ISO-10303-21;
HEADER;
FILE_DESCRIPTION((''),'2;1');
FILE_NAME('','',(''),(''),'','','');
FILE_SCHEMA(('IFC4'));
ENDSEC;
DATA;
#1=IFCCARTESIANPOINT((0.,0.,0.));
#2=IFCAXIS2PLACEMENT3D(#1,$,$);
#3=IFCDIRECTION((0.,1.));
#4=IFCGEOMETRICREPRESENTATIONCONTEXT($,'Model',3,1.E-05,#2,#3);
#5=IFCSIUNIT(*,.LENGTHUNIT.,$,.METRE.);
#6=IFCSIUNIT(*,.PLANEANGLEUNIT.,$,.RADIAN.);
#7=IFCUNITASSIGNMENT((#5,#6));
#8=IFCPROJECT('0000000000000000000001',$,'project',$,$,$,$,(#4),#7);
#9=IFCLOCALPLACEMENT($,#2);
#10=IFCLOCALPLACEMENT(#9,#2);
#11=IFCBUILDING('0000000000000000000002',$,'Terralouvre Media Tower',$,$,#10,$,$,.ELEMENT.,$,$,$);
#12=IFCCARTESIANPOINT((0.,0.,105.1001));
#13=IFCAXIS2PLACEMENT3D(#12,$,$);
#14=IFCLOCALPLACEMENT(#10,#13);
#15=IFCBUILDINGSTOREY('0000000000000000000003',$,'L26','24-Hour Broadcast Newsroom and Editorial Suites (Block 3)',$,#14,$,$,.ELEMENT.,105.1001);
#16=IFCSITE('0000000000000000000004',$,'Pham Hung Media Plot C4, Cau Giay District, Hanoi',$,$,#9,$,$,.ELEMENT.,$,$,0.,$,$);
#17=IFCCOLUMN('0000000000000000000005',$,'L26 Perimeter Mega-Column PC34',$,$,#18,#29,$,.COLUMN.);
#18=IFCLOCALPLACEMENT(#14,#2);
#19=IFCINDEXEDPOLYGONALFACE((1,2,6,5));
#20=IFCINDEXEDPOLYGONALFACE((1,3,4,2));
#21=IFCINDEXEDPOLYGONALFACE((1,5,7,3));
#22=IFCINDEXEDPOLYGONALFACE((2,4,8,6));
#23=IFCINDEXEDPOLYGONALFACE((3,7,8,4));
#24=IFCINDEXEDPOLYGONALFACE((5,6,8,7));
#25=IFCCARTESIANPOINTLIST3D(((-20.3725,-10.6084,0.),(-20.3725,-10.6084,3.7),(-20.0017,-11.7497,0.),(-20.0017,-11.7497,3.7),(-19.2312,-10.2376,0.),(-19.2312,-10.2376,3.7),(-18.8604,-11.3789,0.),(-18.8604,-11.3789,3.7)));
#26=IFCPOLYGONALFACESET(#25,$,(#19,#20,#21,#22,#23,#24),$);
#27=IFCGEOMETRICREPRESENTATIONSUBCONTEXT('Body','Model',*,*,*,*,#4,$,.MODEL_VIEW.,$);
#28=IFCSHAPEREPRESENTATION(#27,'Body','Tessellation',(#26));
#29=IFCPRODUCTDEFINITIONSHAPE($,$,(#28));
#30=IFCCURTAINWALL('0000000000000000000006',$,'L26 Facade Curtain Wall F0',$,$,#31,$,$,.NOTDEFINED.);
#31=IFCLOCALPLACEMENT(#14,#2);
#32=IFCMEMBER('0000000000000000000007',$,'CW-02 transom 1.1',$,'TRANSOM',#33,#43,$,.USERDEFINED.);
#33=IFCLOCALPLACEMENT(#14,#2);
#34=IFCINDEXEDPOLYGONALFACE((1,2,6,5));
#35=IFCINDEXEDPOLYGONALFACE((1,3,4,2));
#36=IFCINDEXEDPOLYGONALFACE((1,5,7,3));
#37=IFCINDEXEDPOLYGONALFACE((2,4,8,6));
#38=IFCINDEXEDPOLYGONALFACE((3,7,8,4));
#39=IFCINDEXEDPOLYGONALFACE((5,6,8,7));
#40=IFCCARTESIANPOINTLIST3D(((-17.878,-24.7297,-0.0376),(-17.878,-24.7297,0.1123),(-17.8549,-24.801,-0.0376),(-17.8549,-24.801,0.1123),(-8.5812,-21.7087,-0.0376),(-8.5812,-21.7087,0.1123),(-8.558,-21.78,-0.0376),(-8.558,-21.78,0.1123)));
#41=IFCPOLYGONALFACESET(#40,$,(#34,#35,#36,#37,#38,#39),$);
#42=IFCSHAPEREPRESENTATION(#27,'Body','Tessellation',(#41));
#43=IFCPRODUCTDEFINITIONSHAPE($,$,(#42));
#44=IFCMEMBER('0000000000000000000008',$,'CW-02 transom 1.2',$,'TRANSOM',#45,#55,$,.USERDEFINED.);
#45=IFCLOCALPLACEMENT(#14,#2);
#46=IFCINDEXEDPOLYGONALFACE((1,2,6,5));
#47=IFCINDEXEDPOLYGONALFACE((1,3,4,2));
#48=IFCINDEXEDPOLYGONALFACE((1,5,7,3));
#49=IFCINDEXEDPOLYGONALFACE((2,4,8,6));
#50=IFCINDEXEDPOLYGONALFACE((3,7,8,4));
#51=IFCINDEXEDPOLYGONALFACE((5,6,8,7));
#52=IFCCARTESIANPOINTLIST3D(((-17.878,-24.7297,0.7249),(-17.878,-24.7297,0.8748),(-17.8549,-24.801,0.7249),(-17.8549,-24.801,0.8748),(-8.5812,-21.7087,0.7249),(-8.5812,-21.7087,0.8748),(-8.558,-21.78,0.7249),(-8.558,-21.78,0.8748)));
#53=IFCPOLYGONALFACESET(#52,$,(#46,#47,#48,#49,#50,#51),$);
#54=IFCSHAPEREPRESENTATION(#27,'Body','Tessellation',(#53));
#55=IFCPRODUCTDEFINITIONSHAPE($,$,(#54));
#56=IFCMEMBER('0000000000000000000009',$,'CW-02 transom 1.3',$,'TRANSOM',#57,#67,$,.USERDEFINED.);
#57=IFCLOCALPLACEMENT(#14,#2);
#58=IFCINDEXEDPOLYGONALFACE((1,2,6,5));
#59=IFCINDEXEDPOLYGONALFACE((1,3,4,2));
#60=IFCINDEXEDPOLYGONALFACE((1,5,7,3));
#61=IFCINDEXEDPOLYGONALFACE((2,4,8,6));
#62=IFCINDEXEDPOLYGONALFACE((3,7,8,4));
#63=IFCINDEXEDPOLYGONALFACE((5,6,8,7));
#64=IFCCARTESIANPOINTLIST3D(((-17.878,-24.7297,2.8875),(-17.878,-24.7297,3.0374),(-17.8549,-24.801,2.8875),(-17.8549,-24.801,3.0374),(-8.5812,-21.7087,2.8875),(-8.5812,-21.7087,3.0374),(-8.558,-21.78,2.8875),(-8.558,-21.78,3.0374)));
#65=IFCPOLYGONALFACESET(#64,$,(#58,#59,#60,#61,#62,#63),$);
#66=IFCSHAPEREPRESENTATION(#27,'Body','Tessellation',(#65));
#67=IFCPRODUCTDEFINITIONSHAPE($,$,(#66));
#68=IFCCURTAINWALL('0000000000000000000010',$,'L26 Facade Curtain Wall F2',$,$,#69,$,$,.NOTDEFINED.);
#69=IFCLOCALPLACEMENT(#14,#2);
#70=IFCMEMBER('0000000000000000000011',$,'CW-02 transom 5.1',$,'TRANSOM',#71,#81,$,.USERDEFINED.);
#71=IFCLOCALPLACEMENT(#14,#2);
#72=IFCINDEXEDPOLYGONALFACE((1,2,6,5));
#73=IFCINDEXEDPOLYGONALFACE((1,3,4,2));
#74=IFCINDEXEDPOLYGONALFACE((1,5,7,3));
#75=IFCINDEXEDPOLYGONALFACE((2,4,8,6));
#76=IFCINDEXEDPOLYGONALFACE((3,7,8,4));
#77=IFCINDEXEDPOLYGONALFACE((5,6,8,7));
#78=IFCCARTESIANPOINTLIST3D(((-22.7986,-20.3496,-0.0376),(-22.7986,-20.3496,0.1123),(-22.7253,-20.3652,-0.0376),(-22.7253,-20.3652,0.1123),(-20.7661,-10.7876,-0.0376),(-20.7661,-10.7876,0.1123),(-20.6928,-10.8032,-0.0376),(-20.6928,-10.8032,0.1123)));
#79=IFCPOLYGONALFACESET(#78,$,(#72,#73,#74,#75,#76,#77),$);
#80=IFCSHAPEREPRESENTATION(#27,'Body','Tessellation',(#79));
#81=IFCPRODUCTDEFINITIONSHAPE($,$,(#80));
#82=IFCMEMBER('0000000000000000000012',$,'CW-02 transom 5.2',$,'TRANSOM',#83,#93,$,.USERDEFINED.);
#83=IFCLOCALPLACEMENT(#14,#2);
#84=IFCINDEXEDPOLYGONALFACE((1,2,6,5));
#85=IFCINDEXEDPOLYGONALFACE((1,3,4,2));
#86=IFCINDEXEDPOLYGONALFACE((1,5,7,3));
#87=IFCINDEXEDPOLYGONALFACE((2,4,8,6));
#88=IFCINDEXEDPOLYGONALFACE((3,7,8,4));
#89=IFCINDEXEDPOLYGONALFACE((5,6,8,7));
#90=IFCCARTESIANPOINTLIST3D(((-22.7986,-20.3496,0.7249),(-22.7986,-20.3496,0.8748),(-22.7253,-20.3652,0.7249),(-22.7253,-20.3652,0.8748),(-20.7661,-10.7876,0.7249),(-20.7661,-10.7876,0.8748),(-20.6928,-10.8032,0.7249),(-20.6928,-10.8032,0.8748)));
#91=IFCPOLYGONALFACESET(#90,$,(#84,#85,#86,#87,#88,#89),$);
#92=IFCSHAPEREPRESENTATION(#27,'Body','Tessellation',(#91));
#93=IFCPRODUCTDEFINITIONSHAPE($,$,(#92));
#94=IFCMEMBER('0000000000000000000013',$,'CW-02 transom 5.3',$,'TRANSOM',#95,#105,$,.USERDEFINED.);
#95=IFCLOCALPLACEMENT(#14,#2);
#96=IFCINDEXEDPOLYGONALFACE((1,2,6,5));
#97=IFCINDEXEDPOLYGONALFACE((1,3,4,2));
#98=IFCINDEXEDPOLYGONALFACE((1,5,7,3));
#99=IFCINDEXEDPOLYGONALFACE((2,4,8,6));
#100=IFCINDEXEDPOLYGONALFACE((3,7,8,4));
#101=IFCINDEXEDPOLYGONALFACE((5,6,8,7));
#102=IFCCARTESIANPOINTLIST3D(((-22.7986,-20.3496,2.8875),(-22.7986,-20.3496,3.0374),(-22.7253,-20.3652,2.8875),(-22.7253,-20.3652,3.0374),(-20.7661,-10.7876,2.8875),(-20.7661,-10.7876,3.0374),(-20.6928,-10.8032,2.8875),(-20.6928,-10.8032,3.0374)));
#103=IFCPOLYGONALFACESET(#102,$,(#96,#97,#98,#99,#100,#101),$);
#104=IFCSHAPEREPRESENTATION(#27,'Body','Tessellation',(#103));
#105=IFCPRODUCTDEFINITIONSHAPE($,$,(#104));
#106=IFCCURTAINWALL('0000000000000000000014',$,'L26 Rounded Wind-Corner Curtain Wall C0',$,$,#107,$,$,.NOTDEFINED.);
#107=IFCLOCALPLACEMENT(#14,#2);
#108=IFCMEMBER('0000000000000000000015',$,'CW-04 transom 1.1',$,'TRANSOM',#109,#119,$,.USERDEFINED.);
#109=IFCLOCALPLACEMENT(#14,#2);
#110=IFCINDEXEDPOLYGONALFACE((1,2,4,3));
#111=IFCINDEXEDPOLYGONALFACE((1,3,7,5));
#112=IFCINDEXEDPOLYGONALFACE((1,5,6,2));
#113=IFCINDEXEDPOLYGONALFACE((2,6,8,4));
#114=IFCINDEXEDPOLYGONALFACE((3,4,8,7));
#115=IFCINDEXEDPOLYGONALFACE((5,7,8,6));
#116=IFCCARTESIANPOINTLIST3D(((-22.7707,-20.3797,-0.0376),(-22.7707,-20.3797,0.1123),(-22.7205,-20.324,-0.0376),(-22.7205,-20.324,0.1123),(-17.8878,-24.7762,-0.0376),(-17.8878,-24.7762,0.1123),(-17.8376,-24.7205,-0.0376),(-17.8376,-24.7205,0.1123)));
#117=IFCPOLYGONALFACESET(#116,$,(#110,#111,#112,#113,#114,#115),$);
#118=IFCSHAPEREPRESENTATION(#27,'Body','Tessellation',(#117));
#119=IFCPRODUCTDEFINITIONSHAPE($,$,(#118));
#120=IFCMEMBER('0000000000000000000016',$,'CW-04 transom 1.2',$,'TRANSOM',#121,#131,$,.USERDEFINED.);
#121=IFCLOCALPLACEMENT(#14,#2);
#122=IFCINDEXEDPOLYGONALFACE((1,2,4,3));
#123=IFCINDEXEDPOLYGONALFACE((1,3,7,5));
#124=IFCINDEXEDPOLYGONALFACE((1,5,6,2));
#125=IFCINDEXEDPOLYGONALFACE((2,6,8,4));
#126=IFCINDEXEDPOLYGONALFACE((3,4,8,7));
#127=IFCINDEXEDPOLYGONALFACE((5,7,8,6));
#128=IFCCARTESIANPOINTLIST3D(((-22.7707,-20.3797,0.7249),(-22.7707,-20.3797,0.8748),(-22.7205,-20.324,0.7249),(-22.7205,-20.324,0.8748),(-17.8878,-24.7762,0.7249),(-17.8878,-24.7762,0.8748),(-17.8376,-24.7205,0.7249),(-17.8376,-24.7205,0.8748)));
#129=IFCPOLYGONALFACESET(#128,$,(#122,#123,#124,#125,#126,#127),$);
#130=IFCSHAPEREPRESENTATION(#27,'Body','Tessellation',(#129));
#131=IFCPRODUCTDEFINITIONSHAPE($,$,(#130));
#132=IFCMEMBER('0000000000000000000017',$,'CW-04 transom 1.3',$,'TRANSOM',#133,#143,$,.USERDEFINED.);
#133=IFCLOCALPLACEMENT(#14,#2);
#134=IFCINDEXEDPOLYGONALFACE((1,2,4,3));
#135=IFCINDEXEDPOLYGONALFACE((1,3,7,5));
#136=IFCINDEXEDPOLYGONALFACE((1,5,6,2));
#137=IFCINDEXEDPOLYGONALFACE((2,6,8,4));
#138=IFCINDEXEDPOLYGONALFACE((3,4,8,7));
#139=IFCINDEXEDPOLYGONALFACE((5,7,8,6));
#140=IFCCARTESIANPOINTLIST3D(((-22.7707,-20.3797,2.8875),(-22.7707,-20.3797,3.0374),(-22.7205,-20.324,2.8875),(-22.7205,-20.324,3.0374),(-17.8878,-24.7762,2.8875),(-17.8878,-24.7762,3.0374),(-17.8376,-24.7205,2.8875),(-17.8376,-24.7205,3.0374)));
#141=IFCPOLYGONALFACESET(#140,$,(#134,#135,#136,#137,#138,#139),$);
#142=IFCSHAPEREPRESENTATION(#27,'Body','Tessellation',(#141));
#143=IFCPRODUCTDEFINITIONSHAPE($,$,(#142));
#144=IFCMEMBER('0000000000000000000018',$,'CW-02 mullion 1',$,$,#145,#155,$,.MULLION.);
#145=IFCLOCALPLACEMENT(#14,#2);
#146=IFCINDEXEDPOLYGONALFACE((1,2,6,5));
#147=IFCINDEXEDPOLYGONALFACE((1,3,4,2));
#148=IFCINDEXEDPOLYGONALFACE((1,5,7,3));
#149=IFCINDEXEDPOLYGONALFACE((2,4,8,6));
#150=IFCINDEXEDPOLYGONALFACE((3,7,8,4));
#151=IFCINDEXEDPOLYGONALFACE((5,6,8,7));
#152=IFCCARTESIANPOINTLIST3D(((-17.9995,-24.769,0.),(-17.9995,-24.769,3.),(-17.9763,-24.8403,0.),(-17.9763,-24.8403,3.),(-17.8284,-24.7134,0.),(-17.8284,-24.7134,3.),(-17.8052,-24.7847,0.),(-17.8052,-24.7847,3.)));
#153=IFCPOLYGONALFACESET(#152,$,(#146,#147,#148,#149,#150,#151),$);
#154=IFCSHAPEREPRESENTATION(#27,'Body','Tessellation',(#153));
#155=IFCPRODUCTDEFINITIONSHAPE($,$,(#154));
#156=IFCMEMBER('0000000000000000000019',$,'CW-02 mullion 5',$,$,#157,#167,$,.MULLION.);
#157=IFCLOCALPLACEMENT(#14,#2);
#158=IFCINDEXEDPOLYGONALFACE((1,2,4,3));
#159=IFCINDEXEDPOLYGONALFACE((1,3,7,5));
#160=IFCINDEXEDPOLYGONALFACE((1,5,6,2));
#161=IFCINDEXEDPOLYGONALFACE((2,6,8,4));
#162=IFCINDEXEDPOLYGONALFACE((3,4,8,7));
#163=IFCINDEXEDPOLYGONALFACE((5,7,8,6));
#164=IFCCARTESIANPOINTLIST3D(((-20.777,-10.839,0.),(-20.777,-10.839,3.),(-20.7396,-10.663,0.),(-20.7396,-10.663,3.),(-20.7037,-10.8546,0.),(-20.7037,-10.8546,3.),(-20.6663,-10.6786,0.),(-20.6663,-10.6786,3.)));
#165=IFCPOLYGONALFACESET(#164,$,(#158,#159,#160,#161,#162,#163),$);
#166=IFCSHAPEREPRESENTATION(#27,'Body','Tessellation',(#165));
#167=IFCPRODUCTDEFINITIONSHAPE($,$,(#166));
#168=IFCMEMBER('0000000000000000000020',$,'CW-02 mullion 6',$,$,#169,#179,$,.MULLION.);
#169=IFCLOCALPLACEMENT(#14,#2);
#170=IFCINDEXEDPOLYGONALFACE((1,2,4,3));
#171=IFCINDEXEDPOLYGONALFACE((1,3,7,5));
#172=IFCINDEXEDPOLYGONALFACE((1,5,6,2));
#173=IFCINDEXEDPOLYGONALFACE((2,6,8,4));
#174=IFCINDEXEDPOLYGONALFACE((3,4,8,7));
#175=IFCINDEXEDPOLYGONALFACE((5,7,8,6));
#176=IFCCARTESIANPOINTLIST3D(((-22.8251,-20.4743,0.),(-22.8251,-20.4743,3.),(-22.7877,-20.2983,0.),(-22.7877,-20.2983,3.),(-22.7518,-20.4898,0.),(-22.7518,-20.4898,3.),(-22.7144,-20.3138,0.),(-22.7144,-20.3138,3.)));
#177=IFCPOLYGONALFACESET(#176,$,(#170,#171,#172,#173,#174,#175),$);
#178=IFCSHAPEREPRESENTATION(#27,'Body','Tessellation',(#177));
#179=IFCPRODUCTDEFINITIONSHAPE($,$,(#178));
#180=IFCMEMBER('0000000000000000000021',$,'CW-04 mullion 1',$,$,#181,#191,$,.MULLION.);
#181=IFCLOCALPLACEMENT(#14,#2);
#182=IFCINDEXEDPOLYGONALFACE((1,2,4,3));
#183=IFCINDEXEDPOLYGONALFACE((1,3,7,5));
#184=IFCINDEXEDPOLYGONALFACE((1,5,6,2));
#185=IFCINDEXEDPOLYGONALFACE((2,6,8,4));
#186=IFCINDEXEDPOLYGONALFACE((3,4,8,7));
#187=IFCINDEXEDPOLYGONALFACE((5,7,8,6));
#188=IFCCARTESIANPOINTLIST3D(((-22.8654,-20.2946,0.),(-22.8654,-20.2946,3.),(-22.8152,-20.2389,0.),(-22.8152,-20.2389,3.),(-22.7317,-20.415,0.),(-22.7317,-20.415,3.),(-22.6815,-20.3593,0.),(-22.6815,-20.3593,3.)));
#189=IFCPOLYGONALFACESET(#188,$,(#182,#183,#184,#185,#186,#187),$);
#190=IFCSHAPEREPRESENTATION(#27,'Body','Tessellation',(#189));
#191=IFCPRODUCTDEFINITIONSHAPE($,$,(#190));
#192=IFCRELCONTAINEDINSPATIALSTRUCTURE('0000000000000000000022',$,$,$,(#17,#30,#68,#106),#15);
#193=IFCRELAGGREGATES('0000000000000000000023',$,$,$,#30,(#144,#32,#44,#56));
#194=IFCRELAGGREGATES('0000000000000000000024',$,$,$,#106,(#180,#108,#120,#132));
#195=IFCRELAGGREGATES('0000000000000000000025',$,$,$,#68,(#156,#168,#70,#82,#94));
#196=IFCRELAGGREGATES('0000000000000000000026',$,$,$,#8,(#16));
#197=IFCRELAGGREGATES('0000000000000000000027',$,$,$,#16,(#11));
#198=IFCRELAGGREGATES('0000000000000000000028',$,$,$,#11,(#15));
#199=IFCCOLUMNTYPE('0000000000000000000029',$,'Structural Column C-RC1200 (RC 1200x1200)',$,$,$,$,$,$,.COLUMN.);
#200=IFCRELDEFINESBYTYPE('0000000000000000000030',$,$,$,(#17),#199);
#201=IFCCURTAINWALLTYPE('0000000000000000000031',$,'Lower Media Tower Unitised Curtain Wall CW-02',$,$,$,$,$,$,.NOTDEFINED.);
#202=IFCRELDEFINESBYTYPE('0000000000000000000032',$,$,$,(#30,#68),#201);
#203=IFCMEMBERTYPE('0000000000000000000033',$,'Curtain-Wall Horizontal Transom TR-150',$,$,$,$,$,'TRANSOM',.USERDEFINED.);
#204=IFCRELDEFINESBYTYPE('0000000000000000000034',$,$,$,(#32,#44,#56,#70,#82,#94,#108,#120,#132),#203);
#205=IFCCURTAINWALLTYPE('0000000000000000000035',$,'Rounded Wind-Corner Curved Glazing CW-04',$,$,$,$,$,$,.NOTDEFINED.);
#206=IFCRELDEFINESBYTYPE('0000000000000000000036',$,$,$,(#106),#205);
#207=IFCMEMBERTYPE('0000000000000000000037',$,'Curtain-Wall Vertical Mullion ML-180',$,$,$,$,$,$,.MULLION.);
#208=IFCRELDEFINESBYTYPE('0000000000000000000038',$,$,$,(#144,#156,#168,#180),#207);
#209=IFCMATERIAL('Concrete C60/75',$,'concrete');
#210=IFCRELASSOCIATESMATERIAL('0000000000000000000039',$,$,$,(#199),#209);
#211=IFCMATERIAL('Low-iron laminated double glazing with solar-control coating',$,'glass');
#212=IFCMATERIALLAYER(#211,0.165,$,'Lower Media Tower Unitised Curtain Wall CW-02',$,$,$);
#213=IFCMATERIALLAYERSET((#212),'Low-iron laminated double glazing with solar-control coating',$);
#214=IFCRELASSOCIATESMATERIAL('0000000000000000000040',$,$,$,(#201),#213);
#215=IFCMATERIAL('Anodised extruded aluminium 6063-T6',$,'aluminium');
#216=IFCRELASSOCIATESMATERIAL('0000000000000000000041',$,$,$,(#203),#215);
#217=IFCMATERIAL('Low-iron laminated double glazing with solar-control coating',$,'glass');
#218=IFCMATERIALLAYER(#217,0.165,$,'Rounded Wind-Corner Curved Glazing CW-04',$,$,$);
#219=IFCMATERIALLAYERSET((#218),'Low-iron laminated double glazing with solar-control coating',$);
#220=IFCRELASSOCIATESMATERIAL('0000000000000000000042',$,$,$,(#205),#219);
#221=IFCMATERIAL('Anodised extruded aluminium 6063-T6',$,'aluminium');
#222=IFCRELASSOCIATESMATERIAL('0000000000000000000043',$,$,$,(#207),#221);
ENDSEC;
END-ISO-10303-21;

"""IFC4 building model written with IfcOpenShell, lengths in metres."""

from ifc_helpers import new_model, si_unit, direction, frame, origin, origin_2d, place, context, subcontext, project, spatial, rectangle, extrude, material, layer, layer_set, material_profile, profile_set, type_object, element, aggregate, save


model = new_model("IFC4")

# Units and contexts
model_context = context("Model", 3, precision=1e-05, world=origin(), true_north=direction((0.0, 1.0)))
body_context = subcontext(model_context, "Body", "Model", "MODEL_VIEW")
ifc_project = project(units=[si_unit("LENGTHUNIT", "METRE"), si_unit("PLANEANGLEUNIT", "RADIAN")], contexts=[model_context])

# Site, building, storey
site_placement = place(None, origin())
site = spatial("IfcSite", under=ifc_project, at=site_placement, Name="Pham Hung Media Plot C4, Cau Giay District, Hanoi", CompositionType="ELEMENT", RefElevation=0.0)
building_placement = place(site_placement, origin())
building = spatial("IfcBuilding", under=site, at=building_placement, Name="Terralouvre Media Tower", CompositionType="ELEMENT")
storey_placement = place(building_placement, frame((0.0, 0.0, 105.1001)))
storey = spatial("IfcBuildingStorey", under=building, at=storey_placement, Name="L26", Description="24-Hour Broadcast Newsroom and Editorial Suites (Block 3)", CompositionType="ELEMENT", Elevation=105.1001)

# Column
ifc_material_1 = material(Name="Concrete C60/75", Category="concrete")
ifc_material_profile_1 = material_profile(ifc_material_1, rectangle(XDim=1.2, YDim=1.2, at=origin_2d()), Name="RC 1200x1200")
ifc_profile_set_1 = profile_set([ifc_material_profile_1], Name="Concrete C60/75")
column_type = type_object("IfcColumnType", Name="Structural Column C-RC1200 (RC 1200x1200)", PredefinedType="COLUMN", material=ifc_profile_set_1)
column_placement = place(storey_placement, frame((-19.6165, -10.9937, 0.0), z_axis=(0.0, 0.0, 1.0), x_axis=(0.951057, 0.309017, 0.0)))
element("IfcColumn", 1, at=column_placement, inside=storey, type_object=column_type, Name="L26 Perimeter Mega-Column PC34", PredefinedType="COLUMN", context=body_context, shape_type="SweptSolid", body=[
    extrude(rectangle(XDim=1.2, YDim=1.2, at=origin_2d()), origin(), (0.0, 0.0, 1.0), 3.7),
])

# Curtain walls, members
ifc_material_2 = material(Name="Low-iron laminated double glazing with solar-control coating", Category="glass")
ifc_layer_1 = layer(ifc_material_2, 0.165, Name="Lower Media Tower Unitised Curtain Wall CW-02")
ifc_layer_set_1 = layer_set([ifc_layer_1], Name="Low-iron laminated double glazing with solar-control coating")
curtain_wall_type_1 = type_object("IfcCurtainWallType", Name="Lower Media Tower Unitised Curtain Wall CW-02", PredefinedType="NOTDEFINED", material=ifc_layer_set_1)
curtain_wall_1_placement = place(storey_placement, origin())
curtain_wall_1 = element("IfcCurtainWall", 2, at=curtain_wall_1_placement, inside=storey, type_object=curtain_wall_type_1, Name="L26 Facade Curtain Wall F0", PredefinedType="NOTDEFINED")
ifc_material_3 = material(Name="Anodised extruded aluminium 6063-T6", Category="aluminium")
ifc_material_profile_2 = material_profile(ifc_material_3, rectangle(XDim=0.075, YDim=0.1499, at=origin_2d()), Name="ALU 75x150")
ifc_profile_set_2 = profile_set([ifc_material_profile_2], Name="Anodised extruded aluminium 6063-T6")
member_type_1 = type_object("IfcMemberType", Name="Curtain-Wall Horizontal Transom TR-150", ElementType="TRANSOM", PredefinedType="USERDEFINED", material=ifc_profile_set_2)
member_1_placement = place(storey_placement, frame((-17.8665, -24.7654, 0.0374), z_axis=(0.951049, 0.309041, 0.0), x_axis=(-0.309041, 0.951049, 0.0)))
member_1 = element("IfcMember", 3, at=member_1_placement, type_object=member_type_1, Name="CW-02 transom 1.1", ObjectType="TRANSOM", PredefinedType="USERDEFINED", context=body_context, shape_type="SweptSolid", body=[
    extrude(rectangle(XDim=0.075, YDim=0.1499, at=origin_2d()), origin(), (0.0, 0.0, 1.0), 9.7754),
])
member_2_placement = place(storey_placement, frame((-17.8665, -24.7654, 0.7998), z_axis=(0.951049, 0.309041, 0.0), x_axis=(-0.309041, 0.951049, 0.0)))
member_2 = element("IfcMember", 4, at=member_2_placement, type_object=member_type_1, Name="CW-02 transom 1.2", ObjectType="TRANSOM", PredefinedType="USERDEFINED", context=body_context, shape_type="SweptSolid", body=[
    extrude(rectangle(XDim=0.075, YDim=0.1499, at=origin_2d()), origin(), (0.0, 0.0, 1.0), 9.7754),
])
member_3_placement = place(storey_placement, frame((-17.8665, -24.7654, 2.9624), z_axis=(0.951049, 0.309041, 0.0), x_axis=(-0.309041, 0.951049, 0.0)))
member_3 = element("IfcMember", 5, at=member_3_placement, type_object=member_type_1, Name="CW-02 transom 1.3", ObjectType="TRANSOM", PredefinedType="USERDEFINED", context=body_context, shape_type="SweptSolid", body=[
    extrude(rectangle(XDim=0.075, YDim=0.1499, at=origin_2d()), origin(), (0.0, 0.0, 1.0), 9.7754),
])
curtain_wall_2_placement = place(storey_placement, origin())
curtain_wall_2 = element("IfcCurtainWall", 6, at=curtain_wall_2_placement, inside=storey, type_object=curtain_wall_type_1, Name="L26 Facade Curtain Wall F2", PredefinedType="NOTDEFINED")
member_4_placement = place(storey_placement, frame((-20.7295, -10.7954, 0.0374), z_axis=(-0.207912, -0.978148, 0.0), x_axis=(0.978148, -0.207912, 0.0)))
member_4 = element("IfcMember", 7, at=member_4_placement, type_object=member_type_1, Name="CW-02 transom 5.1", ObjectType="TRANSOM", PredefinedType="USERDEFINED", context=body_context, shape_type="SweptSolid", body=[
    extrude(rectangle(XDim=0.075, YDim=0.1499, at=origin_2d()), origin(), (0.0, 0.0, 1.0), 9.7756),
])
member_5_placement = place(storey_placement, frame((-20.7295, -10.7954, 0.7998), z_axis=(-0.207912, -0.978148, 0.0), x_axis=(0.978148, -0.207912, 0.0)))
member_5 = element("IfcMember", 8, at=member_5_placement, type_object=member_type_1, Name="CW-02 transom 5.2", ObjectType="TRANSOM", PredefinedType="USERDEFINED", context=body_context, shape_type="SweptSolid", body=[
    extrude(rectangle(XDim=0.075, YDim=0.1499, at=origin_2d()), origin(), (0.0, 0.0, 1.0), 9.7756),
])
member_6_placement = place(storey_placement, frame((-20.7295, -10.7954, 2.9624), z_axis=(-0.207912, -0.978148, 0.0), x_axis=(0.978148, -0.207912, 0.0)))
member_6 = element("IfcMember", 9, at=member_6_placement, type_object=member_type_1, Name="CW-02 transom 5.3", ObjectType="TRANSOM", PredefinedType="USERDEFINED", context=body_context, shape_type="SweptSolid", body=[
    extrude(rectangle(XDim=0.075, YDim=0.1499, at=origin_2d()), origin(), (0.0, 0.0, 1.0), 9.7756),
])
ifc_material_4 = material(Name="Low-iron laminated double glazing with solar-control coating", Category="glass")
ifc_layer_2 = layer(ifc_material_4, 0.165, Name="Rounded Wind-Corner Curved Glazing CW-04")
ifc_layer_set_2 = layer_set([ifc_layer_2], Name="Low-iron laminated double glazing with solar-control coating")
curtain_wall_type_2 = type_object("IfcCurtainWallType", Name="Rounded Wind-Corner Curved Glazing CW-04", PredefinedType="NOTDEFINED", material=ifc_layer_set_2)
curtain_wall_3_placement = place(storey_placement, origin())
curtain_wall_3 = element("IfcCurtainWall", 10, at=curtain_wall_3_placement, inside=storey, type_object=curtain_wall_type_2, Name="L26 Rounded Wind-Corner Curtain Wall C0", PredefinedType="NOTDEFINED")
member_7_placement = place(storey_placement, frame((-22.7456, -20.3518, 0.0374), z_axis=(0.743146, -0.669129, 0.0), x_axis=(0.669129, 0.743146, 0.0)))
member_7 = element("IfcMember", 11, at=member_7_placement, type_object=member_type_1, Name="CW-04 transom 1.1", ObjectType="TRANSOM", PredefinedType="USERDEFINED", context=body_context, shape_type="SweptSolid", body=[
    extrude(rectangle(XDim=0.075, YDim=0.1499, at=origin_2d()), origin(), (0.0, 0.0, 1.0), 6.5706),
])
member_8_placement = place(storey_placement, frame((-22.7456, -20.3518, 0.7998), z_axis=(0.743146, -0.669129, 0.0), x_axis=(0.669129, 0.743146, 0.0)))
member_8 = element("IfcMember", 12, at=member_8_placement, type_object=member_type_1, Name="CW-04 transom 1.2", ObjectType="TRANSOM", PredefinedType="USERDEFINED", context=body_context, shape_type="SweptSolid", body=[
    extrude(rectangle(XDim=0.075, YDim=0.1499, at=origin_2d()), origin(), (0.0, 0.0, 1.0), 6.5706),
])
member_9_placement = place(storey_placement, frame((-22.7456, -20.3518, 2.9624), z_axis=(0.743146, -0.669129, 0.0), x_axis=(0.669129, 0.743146, 0.0)))
member_9 = element("IfcMember", 13, at=member_9_placement, type_object=member_type_1, Name="CW-04 transom 1.3", ObjectType="TRANSOM", PredefinedType="USERDEFINED", context=body_context, shape_type="SweptSolid", body=[
    extrude(rectangle(XDim=0.075, YDim=0.1499, at=origin_2d()), origin(), (0.0, 0.0, 1.0), 6.5706),
])

# Members
ifc_material_5 = material(Name="Anodised extruded aluminium 6063-T6", Category="aluminium")
ifc_material_profile_3 = material_profile(ifc_material_5, rectangle(XDim=0.075, YDim=0.1799, at=origin_2d()), Name="ALU 75x180")
ifc_profile_set_3 = profile_set([ifc_material_profile_3], Name="Anodised extruded aluminium 6063-T6")
member_type_2 = type_object("IfcMemberType", Name="Curtain-Wall Vertical Mullion ML-180", PredefinedType="MULLION", material=ifc_profile_set_3)
member_10_placement = place(storey_placement, frame((-17.9023, -24.7769, 0.0), z_axis=(0.0, 0.0, 1.0), x_axis=(-0.309017, 0.951057, 0.0)))
member_10 = element("IfcMember", 14, at=member_10_placement, type_object=member_type_2, Name="CW-02 mullion 1", PredefinedType="MULLION", context=body_context, shape_type="SweptSolid", body=[
    extrude(rectangle(XDim=0.075, YDim=0.1799, at=origin_2d()), origin(), (0.0, 0.0, 1.0), 3.0),
])
aggregate(curtain_wall_1, [member_10, member_1, member_2, member_3])
member_11_placement = place(storey_placement, frame((-20.7217, -10.7588, 0.0), z_axis=(0.0, 0.0, 1.0), x_axis=(0.978148, -0.207912, 0.0)))
member_11 = element("IfcMember", 15, at=member_11_placement, type_object=member_type_2, Name="CW-02 mullion 5", PredefinedType="MULLION", context=body_context, shape_type="SweptSolid", body=[
    extrude(rectangle(XDim=0.075, YDim=0.1799, at=origin_2d()), origin(), (0.0, 0.0, 1.0), 3.0),
])
member_12_placement = place(storey_placement, frame((-22.7698, -20.394, 0.0), z_axis=(0.0, 0.0, 1.0), x_axis=(0.978148, -0.207912, 0.0)))
member_12 = element("IfcMember", 16, at=member_12_placement, type_object=member_type_2, Name="CW-02 mullion 6", PredefinedType="MULLION", context=body_context, shape_type="SweptSolid", body=[
    extrude(rectangle(XDim=0.075, YDim=0.1799, at=origin_2d()), origin(), (0.0, 0.0, 1.0), 3.0),
])
member_13_placement = place(storey_placement, frame((-22.7734, -20.3269, 0.0), z_axis=(0.0, 0.0, 1.0), x_axis=(0.669131, 0.743145, 0.0)))
member_13 = element("IfcMember", 17, at=member_13_placement, type_object=member_type_2, Name="CW-04 mullion 1", PredefinedType="MULLION", context=body_context, shape_type="SweptSolid", body=[
    extrude(rectangle(XDim=0.075, YDim=0.1799, at=origin_2d()), origin(), (0.0, 0.0, 1.0), 3.0),
])

aggregate(curtain_wall_3, [member_13, member_7, member_8, member_9])
aggregate(curtain_wall_2, [member_11, member_12, member_4, member_5, member_6])

save(model, "model.ifc")
